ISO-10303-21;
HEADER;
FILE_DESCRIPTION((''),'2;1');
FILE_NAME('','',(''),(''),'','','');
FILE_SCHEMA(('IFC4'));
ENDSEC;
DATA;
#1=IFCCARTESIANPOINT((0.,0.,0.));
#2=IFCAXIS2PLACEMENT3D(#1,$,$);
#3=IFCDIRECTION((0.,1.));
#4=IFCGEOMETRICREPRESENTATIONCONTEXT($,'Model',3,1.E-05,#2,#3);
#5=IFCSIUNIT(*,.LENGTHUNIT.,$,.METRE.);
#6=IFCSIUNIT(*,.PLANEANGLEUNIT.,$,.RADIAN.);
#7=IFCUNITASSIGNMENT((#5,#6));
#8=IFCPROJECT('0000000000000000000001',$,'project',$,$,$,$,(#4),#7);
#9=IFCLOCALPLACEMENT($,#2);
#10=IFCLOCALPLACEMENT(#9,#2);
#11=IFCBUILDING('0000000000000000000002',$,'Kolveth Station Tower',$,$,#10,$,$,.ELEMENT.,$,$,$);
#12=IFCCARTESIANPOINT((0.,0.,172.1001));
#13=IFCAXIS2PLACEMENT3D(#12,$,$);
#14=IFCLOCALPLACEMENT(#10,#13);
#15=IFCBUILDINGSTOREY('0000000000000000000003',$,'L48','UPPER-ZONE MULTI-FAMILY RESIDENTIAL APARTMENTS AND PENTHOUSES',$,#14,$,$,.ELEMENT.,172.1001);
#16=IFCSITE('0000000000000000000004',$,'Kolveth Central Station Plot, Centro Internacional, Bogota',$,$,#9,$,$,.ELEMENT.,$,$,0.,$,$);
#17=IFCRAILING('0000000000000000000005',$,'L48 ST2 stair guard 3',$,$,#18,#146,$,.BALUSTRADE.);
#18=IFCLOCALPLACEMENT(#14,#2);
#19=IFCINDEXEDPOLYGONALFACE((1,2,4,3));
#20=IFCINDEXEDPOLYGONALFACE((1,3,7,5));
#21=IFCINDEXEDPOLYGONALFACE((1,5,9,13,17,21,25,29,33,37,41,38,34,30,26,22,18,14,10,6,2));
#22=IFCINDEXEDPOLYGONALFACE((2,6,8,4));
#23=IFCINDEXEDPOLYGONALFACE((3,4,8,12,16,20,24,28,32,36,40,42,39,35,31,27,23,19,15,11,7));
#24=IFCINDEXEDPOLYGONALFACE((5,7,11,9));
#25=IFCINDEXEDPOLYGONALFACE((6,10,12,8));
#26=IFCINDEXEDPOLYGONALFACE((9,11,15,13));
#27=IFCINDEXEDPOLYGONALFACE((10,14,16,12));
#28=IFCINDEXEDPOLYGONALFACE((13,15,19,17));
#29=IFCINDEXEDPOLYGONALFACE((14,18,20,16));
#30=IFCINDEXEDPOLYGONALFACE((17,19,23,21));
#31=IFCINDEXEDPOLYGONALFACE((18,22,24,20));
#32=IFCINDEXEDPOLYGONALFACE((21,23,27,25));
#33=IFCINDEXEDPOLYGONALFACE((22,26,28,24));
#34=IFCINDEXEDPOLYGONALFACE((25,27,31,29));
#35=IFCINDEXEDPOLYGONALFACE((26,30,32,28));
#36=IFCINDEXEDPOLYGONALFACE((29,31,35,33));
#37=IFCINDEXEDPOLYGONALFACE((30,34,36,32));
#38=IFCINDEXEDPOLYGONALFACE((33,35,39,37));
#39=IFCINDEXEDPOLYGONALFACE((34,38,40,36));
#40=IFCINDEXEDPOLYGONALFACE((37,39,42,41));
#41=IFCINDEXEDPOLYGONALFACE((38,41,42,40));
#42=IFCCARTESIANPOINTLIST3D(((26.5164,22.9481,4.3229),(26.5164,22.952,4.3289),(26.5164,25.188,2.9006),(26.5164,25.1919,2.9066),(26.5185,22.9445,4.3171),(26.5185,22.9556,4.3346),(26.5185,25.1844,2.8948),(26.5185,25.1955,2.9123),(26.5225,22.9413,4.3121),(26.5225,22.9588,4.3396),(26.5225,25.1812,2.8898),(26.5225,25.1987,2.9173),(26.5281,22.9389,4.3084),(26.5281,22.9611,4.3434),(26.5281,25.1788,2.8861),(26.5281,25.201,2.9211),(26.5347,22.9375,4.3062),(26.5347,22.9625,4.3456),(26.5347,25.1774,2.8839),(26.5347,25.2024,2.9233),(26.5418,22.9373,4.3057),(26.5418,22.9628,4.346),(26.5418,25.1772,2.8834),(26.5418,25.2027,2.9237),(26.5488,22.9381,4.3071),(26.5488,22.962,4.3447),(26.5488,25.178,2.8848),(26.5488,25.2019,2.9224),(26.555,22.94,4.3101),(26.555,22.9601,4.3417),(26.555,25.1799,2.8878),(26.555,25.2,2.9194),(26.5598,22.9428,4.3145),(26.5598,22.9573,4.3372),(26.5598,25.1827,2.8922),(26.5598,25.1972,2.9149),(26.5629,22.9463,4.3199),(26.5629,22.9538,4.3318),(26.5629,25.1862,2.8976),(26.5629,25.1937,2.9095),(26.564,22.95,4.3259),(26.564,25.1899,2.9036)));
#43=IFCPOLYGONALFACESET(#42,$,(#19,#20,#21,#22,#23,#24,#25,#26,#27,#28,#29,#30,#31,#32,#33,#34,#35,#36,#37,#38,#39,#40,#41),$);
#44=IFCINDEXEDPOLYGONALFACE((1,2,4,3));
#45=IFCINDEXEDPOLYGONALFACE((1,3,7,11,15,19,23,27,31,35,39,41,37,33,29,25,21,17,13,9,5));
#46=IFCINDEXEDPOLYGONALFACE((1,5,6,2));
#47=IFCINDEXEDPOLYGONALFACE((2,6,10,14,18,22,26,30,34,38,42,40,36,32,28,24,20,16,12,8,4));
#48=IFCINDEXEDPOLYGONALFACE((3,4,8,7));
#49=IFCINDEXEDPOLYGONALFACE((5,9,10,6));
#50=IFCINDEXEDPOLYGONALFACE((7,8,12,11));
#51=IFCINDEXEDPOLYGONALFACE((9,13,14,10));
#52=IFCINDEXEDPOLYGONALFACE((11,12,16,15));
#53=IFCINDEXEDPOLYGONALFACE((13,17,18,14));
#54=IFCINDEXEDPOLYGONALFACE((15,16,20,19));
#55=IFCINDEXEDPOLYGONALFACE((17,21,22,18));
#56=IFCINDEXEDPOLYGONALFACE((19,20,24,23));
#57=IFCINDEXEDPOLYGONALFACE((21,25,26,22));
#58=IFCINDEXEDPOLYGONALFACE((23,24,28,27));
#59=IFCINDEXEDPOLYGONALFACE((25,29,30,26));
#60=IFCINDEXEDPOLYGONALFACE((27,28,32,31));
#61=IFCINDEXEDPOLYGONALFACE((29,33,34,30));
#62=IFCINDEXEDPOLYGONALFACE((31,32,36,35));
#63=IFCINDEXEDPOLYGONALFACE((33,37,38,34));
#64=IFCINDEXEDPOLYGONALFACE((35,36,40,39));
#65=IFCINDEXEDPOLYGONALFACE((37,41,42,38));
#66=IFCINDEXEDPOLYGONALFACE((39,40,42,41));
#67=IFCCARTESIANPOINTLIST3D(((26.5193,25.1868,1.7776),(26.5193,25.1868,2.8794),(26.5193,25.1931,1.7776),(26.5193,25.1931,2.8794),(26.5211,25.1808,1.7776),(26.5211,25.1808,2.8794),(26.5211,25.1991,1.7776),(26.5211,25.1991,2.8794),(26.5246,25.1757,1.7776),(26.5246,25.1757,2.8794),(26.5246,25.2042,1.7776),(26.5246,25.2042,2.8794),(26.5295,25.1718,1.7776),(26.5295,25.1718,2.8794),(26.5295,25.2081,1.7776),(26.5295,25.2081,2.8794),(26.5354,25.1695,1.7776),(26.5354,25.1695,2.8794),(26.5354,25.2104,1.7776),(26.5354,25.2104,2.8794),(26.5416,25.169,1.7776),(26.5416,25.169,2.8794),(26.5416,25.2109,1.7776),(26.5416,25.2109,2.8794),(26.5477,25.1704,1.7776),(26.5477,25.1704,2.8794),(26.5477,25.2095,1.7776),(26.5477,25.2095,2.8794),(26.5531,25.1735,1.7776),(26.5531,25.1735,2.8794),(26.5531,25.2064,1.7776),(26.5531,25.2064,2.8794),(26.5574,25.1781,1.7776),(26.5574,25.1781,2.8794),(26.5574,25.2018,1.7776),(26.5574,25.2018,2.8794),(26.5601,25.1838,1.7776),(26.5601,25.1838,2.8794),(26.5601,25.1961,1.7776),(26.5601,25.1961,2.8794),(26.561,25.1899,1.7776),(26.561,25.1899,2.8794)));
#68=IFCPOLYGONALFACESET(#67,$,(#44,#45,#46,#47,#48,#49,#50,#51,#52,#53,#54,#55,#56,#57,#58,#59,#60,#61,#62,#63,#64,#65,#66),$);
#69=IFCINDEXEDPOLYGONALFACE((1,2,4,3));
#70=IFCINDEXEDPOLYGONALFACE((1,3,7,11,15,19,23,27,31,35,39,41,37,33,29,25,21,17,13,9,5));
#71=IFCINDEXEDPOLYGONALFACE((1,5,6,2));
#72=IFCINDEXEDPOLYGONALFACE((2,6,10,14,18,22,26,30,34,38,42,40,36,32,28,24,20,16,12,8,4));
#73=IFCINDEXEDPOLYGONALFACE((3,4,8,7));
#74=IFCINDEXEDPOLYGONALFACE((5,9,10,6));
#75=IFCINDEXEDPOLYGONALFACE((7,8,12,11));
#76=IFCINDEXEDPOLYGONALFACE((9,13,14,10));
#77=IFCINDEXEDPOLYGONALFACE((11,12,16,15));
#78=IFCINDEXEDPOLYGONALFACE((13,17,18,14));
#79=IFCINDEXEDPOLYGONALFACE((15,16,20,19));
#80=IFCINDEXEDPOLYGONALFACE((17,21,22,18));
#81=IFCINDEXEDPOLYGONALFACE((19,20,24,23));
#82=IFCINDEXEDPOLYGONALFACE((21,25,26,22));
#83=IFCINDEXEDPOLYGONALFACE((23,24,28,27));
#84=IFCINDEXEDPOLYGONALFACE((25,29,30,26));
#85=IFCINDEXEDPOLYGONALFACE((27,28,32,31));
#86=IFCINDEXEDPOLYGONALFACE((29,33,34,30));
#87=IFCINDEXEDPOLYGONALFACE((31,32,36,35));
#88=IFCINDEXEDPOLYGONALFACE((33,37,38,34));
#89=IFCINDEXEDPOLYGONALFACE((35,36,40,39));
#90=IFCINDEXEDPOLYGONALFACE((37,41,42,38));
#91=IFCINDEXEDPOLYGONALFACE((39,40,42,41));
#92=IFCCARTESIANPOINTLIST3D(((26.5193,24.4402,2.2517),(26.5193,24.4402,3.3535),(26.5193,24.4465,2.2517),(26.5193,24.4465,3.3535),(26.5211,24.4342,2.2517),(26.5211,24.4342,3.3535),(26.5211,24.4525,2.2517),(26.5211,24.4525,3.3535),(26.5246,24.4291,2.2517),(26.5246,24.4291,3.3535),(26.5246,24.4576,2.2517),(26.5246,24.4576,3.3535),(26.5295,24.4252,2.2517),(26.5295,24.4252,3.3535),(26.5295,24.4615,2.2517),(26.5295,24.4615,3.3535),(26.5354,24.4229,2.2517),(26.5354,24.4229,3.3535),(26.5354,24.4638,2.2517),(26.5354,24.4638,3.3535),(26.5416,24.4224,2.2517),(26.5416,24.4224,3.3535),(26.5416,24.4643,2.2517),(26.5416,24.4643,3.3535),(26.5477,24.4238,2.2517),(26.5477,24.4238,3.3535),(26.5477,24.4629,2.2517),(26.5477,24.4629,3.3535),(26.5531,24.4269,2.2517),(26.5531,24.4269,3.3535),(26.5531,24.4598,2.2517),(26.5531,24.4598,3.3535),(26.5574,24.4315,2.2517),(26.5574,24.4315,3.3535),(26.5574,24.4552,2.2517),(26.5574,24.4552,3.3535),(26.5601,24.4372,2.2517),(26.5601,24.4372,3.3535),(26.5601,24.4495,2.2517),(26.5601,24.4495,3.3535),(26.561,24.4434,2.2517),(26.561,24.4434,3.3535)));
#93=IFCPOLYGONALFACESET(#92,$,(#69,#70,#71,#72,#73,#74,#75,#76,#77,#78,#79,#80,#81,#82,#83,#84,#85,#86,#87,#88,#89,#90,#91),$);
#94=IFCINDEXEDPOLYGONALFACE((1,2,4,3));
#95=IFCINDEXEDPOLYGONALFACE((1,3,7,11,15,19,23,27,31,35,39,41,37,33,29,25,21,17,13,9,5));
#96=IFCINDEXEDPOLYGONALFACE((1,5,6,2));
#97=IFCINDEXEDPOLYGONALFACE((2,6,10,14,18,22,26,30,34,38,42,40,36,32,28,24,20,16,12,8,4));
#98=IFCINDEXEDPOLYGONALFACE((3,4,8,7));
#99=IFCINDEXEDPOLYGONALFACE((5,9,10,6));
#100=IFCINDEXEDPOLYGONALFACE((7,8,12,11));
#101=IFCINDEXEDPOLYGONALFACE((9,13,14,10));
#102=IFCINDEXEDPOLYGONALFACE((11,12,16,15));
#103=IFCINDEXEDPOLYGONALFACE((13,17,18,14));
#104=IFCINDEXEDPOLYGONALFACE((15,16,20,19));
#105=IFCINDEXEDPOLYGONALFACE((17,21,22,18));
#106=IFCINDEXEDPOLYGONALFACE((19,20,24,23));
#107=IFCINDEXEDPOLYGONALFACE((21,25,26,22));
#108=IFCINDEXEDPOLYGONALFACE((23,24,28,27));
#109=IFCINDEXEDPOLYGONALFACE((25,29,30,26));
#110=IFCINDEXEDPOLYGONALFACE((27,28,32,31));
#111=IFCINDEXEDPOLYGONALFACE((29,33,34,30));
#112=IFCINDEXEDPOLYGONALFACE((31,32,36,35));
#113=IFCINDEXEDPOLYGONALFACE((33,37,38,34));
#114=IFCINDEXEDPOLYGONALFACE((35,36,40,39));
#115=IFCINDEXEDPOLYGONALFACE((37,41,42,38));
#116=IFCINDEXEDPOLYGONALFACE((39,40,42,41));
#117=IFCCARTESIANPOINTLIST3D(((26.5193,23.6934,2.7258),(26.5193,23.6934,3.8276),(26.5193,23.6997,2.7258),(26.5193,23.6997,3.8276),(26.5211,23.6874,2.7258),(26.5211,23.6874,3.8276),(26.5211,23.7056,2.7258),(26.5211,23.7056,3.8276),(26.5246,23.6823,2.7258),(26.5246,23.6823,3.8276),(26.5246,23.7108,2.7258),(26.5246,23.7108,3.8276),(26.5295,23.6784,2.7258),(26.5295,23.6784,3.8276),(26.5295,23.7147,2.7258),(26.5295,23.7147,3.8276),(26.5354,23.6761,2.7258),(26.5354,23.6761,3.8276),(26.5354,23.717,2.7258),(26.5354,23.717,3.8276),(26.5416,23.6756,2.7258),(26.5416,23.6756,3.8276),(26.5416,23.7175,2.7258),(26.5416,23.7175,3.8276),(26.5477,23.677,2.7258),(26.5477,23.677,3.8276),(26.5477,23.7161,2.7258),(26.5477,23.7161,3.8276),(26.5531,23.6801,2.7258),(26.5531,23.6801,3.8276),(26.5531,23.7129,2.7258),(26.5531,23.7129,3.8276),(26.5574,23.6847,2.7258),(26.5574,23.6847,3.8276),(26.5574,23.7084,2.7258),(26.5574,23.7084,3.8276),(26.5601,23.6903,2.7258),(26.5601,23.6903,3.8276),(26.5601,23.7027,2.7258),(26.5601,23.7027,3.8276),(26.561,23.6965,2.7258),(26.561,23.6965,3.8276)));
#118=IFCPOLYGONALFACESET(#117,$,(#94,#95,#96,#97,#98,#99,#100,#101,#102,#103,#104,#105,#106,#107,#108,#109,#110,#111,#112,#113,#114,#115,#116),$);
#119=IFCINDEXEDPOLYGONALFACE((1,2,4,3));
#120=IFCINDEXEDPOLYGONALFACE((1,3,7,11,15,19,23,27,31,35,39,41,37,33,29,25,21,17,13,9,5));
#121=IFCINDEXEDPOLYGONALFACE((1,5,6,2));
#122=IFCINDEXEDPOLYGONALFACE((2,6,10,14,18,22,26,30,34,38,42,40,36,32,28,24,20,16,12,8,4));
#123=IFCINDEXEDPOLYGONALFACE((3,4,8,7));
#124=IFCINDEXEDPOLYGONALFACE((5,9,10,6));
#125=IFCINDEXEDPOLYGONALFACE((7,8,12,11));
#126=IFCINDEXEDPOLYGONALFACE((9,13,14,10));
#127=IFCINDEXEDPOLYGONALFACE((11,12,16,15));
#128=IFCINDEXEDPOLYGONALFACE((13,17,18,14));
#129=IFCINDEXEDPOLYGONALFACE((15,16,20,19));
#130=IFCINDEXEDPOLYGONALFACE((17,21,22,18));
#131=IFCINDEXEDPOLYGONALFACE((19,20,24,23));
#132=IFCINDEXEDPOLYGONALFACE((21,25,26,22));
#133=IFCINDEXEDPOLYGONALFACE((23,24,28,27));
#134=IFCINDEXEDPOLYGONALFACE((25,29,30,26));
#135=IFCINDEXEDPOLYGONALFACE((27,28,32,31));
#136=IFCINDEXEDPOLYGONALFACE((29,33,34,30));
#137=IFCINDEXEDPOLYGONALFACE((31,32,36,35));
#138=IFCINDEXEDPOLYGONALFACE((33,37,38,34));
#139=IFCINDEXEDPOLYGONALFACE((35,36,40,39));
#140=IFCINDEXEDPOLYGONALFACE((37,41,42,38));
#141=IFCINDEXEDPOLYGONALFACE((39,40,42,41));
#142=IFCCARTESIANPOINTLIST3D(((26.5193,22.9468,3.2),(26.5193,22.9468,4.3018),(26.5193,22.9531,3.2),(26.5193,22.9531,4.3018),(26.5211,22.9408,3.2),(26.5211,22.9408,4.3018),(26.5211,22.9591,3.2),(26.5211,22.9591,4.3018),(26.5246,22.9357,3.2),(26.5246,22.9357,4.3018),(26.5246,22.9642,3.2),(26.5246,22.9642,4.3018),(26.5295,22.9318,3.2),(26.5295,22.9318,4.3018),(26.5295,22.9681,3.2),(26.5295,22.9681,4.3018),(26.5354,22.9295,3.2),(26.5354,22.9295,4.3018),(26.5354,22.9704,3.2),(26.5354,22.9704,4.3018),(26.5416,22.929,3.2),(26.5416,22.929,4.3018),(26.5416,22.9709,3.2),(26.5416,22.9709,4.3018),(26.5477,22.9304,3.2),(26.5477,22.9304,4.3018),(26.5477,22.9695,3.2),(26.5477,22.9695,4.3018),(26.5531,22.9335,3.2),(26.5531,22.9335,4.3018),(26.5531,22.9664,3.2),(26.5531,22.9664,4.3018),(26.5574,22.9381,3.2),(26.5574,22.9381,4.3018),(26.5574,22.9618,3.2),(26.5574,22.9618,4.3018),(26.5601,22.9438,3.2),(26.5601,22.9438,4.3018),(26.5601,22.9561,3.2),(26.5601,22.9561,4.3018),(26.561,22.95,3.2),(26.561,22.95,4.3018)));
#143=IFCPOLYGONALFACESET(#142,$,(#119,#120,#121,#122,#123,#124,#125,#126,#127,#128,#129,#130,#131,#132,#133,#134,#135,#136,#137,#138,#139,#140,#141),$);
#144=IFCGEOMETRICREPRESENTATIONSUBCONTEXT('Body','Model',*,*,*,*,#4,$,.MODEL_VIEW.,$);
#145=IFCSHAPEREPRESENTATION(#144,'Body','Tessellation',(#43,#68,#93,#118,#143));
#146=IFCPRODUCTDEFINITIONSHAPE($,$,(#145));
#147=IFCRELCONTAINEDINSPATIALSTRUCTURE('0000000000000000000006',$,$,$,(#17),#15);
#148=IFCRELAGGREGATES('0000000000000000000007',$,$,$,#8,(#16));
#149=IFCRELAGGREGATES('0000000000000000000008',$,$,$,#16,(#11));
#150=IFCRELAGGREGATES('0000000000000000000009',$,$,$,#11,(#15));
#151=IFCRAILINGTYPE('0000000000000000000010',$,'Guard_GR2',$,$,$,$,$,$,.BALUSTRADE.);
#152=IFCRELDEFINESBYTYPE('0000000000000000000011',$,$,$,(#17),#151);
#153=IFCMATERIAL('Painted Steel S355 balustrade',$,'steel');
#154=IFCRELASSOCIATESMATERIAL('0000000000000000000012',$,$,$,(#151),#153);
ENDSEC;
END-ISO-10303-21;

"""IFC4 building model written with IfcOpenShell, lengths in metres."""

from ifc_helpers import new_model, si_unit, direction, frame, origin, origin_2d, place, context, subcontext, project, spatial, circle, extrude, material, type_object, element, save


model = new_model("IFC4")

# Units and contexts
model_context = context("Model", 3, precision=1e-05, world=origin(), true_north=direction((0.0, 1.0)))
body_context = subcontext(model_context, "Body", "Model", "MODEL_VIEW")
ifc_project = project(units=[si_unit("LENGTHUNIT", "METRE"), si_unit("PLANEANGLEUNIT", "RADIAN")], contexts=[model_context])

# Site, building, storey
site_placement = place(None, origin())
site = spatial("IfcSite", under=ifc_project, at=site_placement, Name="Kolveth Central Station Plot, Centro Internacional, Bogota", CompositionType="ELEMENT", RefElevation=0.0)
building_placement = place(site_placement, origin())
building = spatial("IfcBuilding", under=site, at=building_placement, Name="Kolveth Station Tower", CompositionType="ELEMENT")
storey_placement = place(building_placement, frame((0.0, 0.0, 172.1001)))
storey = spatial("IfcBuildingStorey", under=building, at=storey_placement, Name="L48", Description="UPPER-ZONE MULTI-FAMILY RESIDENTIAL APARTMENTS AND PENTHOUSES", CompositionType="ELEMENT", Elevation=172.1001)

# Railing
ifc_material_1 = material(Name="Painted Steel S355 balustrade", Category="steel")
railing_type_1 = type_object("IfcRailingType", Name="Guard_GR2", PredefinedType="BALUSTRADE", material=ifc_material_1)
railing_1_placement = place(storey_placement, frame((26.54, 25.1899, 1.7776)))
element("IfcRailing", 1, at=railing_1_placement, inside=storey, type_object=railing_type_1, Name="L48 ST2 stair guard 3", PredefinedType="BALUSTRADE", context=body_context, shape_type="SweptSolid", body=[
    extrude(circle(Radius=0.0239, at=origin_2d()), frame((0.0, 0.0, 1.126), z_axis=(0.0, -0.844188, 0.536048), x_axis=(1.0, 0.0, 0.0)), (0.0, 0.0, 1.0), 2.6533),
    extrude(circle(Radius=0.021, at=origin_2d()), origin(), (0.0, 0.0, 1.0), 1.1018),
    extrude(circle(Radius=0.021, at=origin_2d()), frame((0.0, -0.7466, 0.4741)), (0.0, 0.0, 1.0), 1.1018),
    extrude(circle(Radius=0.021, at=origin_2d()), frame((0.0, -1.4934, 0.9482)), (0.0, 0.0, 1.0), 1.1018),
    extrude(circle(Radius=0.021, at=origin_2d()), frame((0.0, -2.24, 1.4224)), (0.0, 0.0, 1.0), 1.1018),
])

save(model, "model.ifc")
